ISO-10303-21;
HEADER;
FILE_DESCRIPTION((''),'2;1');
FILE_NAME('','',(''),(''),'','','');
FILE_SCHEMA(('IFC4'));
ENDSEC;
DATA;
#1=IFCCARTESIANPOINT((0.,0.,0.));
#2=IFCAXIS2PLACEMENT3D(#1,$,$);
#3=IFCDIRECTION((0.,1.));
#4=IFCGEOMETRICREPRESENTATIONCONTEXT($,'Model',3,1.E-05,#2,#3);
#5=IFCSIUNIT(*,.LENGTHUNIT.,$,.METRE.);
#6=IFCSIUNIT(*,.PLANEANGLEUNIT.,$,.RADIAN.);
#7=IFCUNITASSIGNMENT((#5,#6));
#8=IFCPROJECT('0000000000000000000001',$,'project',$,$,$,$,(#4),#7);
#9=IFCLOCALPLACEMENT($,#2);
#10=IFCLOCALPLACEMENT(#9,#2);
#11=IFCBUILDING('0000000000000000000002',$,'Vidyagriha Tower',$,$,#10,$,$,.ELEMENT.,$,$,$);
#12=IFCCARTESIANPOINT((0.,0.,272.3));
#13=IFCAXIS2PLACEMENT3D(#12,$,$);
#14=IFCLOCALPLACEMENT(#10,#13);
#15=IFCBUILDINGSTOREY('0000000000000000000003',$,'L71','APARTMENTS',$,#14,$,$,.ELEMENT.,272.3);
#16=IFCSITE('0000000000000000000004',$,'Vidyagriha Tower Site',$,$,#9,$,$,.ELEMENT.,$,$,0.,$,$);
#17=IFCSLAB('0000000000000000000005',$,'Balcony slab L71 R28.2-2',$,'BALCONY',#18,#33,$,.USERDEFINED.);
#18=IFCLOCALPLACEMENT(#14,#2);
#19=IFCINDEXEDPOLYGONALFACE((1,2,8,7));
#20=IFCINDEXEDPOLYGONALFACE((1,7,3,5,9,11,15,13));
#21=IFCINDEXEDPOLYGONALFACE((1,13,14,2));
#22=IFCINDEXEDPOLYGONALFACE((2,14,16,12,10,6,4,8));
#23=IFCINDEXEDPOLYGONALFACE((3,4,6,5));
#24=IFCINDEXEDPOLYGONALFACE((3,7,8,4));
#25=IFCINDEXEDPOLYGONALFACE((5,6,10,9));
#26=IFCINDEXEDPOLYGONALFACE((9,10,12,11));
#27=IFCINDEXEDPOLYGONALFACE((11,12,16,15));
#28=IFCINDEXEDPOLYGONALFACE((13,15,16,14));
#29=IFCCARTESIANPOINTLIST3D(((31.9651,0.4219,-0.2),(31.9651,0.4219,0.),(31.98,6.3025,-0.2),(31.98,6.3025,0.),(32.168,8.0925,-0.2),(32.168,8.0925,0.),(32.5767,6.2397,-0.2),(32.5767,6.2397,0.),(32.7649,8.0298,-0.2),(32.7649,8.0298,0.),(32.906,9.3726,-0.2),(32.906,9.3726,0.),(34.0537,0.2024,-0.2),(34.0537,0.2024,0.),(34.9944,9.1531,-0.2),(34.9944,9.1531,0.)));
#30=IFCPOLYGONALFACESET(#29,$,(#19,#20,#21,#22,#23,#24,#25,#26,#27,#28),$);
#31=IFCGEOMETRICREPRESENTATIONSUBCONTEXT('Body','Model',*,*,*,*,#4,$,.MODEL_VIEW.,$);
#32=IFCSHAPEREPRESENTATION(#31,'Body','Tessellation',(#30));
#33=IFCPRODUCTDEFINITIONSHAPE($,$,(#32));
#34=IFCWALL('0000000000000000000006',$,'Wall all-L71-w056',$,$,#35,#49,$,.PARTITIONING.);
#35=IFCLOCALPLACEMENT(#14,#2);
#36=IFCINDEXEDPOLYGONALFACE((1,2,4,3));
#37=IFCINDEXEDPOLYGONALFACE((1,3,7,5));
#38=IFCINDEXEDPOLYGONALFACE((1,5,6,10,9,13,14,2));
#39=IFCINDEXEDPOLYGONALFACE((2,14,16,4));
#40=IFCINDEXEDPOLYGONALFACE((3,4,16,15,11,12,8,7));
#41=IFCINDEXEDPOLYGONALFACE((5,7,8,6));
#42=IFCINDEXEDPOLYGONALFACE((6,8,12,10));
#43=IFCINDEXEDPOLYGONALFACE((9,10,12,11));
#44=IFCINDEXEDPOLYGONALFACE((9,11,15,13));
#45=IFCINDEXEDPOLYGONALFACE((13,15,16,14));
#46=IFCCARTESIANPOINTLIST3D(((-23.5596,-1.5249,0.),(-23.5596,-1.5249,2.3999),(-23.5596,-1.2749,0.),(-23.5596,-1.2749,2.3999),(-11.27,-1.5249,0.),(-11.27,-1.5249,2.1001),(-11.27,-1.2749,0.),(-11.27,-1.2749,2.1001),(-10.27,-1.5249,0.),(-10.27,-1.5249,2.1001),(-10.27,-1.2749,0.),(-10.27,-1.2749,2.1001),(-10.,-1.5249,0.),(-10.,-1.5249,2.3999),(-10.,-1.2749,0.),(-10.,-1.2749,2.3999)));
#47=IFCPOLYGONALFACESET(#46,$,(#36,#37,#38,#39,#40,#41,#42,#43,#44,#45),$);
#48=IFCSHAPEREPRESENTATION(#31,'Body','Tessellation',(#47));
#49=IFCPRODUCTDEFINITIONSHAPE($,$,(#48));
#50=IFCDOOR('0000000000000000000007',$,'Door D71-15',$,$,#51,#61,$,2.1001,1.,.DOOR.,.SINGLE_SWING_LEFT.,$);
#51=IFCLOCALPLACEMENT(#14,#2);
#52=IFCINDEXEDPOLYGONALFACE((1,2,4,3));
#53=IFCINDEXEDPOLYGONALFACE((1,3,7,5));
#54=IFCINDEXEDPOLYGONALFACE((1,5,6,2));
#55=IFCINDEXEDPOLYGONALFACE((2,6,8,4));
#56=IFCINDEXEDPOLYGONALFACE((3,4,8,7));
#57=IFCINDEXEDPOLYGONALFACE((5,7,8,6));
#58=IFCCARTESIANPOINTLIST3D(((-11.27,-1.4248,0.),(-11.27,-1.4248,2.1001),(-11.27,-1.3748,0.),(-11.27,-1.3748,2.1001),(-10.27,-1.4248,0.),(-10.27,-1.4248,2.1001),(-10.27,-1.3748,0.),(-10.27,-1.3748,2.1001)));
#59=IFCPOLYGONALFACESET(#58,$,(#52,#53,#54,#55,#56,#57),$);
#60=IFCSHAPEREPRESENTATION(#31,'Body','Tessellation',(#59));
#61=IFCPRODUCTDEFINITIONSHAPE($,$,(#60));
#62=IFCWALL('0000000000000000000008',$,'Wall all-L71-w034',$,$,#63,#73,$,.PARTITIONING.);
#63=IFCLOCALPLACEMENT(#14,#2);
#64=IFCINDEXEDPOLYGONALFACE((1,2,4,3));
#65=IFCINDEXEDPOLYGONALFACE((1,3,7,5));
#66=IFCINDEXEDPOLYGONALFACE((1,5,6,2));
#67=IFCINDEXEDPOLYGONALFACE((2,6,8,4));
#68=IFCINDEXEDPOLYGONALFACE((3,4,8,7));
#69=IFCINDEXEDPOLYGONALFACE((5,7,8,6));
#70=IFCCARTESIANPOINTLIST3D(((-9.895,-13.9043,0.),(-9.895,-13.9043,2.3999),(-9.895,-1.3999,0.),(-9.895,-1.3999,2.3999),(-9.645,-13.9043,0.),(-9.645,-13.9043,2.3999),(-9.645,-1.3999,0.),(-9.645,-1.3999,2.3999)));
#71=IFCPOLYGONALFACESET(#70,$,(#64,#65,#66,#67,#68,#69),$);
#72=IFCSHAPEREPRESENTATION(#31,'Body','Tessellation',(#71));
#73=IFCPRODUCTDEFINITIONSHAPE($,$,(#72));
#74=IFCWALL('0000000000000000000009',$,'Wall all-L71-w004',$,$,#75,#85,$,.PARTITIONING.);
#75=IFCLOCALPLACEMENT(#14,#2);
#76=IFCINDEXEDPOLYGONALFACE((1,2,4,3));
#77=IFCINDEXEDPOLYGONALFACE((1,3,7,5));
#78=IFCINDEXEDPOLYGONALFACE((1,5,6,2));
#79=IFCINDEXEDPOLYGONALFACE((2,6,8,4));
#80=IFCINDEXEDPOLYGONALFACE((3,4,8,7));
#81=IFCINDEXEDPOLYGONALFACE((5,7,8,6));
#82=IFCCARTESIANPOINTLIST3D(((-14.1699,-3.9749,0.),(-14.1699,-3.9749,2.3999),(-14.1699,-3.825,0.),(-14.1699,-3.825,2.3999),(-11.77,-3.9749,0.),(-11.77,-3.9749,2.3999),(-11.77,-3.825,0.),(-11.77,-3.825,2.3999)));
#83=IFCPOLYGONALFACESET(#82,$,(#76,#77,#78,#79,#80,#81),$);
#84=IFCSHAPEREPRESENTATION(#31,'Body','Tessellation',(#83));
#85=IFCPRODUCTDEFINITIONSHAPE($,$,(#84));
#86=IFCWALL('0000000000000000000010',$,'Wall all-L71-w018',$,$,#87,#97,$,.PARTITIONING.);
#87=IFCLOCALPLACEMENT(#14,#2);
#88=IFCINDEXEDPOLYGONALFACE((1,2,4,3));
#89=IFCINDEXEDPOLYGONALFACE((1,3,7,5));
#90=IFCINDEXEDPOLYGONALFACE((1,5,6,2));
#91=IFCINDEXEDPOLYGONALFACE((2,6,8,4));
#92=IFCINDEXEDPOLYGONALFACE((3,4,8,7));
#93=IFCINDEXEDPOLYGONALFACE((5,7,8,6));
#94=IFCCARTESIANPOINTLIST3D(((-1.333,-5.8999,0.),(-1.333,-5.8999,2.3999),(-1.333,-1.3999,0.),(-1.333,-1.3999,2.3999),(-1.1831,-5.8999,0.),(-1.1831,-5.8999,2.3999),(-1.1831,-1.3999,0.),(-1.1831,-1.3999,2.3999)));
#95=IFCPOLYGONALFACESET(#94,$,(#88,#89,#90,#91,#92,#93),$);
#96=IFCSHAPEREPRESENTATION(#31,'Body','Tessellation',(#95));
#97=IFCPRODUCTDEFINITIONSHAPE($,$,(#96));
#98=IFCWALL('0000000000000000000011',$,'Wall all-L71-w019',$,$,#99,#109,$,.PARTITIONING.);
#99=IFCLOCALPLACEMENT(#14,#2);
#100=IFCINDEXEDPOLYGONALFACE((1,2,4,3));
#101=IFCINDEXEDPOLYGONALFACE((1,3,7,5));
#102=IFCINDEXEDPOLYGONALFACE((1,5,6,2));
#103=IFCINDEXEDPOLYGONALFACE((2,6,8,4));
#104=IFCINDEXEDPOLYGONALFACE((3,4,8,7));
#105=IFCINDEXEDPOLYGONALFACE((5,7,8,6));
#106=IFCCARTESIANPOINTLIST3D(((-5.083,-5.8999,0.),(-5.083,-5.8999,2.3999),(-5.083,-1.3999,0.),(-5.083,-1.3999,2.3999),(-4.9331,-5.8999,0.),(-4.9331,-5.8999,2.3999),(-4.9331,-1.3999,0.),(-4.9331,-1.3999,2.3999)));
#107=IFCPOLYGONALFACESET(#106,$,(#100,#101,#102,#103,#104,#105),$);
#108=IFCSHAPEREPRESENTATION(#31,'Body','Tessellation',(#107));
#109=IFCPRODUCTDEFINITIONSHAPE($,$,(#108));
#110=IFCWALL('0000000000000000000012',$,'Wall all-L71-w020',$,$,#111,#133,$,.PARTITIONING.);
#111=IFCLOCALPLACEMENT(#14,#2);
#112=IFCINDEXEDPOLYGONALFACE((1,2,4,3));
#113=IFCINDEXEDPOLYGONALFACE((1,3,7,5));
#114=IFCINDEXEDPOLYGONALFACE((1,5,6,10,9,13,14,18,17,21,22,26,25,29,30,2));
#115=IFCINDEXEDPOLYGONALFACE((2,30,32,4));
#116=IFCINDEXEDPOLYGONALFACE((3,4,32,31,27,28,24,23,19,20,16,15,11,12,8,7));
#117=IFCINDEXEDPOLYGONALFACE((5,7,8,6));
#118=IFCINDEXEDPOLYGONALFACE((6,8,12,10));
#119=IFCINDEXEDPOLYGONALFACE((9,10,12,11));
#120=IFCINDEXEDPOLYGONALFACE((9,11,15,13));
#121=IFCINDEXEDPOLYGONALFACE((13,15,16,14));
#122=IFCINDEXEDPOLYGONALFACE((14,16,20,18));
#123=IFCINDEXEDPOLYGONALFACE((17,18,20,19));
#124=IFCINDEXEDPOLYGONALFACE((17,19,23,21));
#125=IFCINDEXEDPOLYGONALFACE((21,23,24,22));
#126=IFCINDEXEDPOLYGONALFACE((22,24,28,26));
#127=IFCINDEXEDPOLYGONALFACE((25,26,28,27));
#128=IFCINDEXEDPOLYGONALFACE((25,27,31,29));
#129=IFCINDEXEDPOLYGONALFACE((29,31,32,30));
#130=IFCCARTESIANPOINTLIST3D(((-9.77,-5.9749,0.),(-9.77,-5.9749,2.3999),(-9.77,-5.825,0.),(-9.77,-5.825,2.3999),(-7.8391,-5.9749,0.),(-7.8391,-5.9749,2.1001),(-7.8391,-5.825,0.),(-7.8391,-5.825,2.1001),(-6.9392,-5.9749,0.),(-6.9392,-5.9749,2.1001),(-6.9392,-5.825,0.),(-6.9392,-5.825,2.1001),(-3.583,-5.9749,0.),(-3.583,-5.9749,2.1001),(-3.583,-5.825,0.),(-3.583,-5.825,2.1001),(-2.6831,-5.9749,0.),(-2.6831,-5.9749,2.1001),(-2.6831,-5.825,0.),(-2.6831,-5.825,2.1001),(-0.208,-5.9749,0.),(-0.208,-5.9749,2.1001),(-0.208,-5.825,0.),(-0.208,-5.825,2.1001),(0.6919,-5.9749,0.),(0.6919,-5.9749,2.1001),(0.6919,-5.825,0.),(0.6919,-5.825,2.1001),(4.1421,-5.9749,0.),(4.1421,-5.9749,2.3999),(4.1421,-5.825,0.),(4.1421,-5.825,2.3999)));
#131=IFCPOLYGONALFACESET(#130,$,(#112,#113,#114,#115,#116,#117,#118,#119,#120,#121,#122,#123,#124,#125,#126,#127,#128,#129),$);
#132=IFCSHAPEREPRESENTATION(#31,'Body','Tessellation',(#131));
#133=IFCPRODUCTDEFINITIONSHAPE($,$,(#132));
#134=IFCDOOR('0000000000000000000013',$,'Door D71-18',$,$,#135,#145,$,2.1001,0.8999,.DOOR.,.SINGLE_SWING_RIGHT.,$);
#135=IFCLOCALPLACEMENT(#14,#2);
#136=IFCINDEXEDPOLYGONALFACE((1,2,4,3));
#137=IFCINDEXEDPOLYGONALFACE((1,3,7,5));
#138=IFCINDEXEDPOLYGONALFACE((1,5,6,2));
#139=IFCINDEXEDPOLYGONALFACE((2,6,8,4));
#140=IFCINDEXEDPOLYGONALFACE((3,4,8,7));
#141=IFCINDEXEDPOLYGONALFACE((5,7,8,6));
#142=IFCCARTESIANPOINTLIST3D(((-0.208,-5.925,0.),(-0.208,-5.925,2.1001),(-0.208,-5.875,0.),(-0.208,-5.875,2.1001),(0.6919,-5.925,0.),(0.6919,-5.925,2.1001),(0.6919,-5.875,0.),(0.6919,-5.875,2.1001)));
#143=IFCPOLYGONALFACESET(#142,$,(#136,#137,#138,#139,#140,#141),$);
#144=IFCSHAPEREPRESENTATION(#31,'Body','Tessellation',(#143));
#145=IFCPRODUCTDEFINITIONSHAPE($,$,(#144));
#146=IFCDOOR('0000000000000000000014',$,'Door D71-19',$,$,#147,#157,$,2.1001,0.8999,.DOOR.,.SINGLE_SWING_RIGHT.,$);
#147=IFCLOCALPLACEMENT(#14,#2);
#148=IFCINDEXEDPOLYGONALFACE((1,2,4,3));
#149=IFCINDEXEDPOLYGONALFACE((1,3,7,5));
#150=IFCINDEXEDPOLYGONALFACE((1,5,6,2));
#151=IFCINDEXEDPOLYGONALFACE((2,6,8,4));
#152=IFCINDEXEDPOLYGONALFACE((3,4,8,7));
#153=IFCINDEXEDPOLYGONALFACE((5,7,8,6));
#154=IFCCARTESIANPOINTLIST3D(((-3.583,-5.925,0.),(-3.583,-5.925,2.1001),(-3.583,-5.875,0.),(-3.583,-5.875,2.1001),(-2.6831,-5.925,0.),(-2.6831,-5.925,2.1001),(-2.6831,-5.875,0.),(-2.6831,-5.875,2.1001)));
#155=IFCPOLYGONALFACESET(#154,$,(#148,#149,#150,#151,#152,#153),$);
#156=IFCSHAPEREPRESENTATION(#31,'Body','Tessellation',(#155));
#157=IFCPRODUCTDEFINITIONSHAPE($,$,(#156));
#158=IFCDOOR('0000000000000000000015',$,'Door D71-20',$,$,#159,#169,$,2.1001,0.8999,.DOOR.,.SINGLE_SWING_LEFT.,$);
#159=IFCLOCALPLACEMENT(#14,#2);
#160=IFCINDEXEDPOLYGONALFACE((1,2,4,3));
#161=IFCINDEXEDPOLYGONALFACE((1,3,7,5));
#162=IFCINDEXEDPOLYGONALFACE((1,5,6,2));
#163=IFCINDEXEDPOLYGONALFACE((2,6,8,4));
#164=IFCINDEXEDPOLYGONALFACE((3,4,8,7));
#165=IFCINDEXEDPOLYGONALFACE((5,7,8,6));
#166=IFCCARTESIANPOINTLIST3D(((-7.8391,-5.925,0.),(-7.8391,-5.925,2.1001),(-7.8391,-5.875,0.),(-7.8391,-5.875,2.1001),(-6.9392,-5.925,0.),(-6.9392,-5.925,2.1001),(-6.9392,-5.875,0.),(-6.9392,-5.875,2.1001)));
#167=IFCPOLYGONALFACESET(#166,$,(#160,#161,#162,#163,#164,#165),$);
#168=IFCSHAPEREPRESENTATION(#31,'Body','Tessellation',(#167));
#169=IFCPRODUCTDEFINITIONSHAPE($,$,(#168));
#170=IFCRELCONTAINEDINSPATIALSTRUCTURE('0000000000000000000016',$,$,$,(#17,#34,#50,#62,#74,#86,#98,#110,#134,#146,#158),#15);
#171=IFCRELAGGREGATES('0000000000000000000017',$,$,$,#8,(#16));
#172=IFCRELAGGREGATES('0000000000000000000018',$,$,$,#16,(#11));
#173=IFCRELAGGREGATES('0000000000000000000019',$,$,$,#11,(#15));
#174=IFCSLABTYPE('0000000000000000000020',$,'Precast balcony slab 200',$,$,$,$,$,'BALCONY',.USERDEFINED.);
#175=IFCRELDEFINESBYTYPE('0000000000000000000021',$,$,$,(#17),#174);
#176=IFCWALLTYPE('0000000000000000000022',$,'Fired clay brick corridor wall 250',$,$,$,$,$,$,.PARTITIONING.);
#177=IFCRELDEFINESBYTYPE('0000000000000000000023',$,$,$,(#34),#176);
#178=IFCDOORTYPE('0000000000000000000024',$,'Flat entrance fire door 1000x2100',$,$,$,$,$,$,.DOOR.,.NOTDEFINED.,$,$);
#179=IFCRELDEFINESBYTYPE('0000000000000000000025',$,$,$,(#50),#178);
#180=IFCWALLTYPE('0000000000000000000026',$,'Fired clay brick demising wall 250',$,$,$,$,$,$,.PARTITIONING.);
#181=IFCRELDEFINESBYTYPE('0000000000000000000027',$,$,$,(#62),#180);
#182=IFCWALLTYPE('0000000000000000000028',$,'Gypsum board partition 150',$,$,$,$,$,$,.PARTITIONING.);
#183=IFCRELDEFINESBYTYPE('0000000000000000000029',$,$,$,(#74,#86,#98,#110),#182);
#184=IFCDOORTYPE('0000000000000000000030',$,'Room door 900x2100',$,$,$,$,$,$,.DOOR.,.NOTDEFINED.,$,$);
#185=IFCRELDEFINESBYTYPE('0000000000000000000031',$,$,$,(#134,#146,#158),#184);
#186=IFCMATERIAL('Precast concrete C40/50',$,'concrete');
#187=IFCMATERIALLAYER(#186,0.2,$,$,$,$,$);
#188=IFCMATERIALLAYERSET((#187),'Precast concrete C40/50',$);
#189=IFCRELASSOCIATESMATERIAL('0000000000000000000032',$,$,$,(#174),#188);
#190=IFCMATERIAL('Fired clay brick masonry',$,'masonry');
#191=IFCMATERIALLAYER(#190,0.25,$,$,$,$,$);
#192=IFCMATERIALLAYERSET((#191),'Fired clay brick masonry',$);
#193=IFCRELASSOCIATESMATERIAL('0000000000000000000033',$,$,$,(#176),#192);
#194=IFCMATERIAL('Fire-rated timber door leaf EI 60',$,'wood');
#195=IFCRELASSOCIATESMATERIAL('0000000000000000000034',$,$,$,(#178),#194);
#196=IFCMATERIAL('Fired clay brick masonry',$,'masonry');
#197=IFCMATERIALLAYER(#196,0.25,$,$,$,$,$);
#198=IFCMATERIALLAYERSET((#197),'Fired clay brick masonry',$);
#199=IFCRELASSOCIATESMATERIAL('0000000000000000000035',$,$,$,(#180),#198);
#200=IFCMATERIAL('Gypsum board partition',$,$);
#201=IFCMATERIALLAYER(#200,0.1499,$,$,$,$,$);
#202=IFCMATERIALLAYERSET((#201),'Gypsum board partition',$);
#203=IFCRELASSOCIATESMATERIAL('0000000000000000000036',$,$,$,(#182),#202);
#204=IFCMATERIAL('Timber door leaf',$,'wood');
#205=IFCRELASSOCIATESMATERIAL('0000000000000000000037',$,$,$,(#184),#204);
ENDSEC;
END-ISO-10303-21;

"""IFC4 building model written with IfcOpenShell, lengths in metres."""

from ifc_helpers import new_model, si_unit, direction, frame, frame_2d, origin, place, context, subcontext, project, spatial, polyline, rectangle, outline, extrude, material, layer, layer_set, type_object, element, fill, save


model = new_model("IFC4")

# Units and contexts
model_context = context("Model", 3, precision=1e-05, world=origin(), true_north=direction((0.0, 1.0)))
body_context = subcontext(model_context, "Body", "Model", "MODEL_VIEW")
ifc_project = project(units=[si_unit("LENGTHUNIT", "METRE"), si_unit("PLANEANGLEUNIT", "RADIAN")], contexts=[model_context])

# Site, building, storey
site_placement = place(None, origin())
site = spatial("IfcSite", under=ifc_project, at=site_placement, Name="Vidyagriha Tower Site", CompositionType="ELEMENT", RefElevation=0.0)
building_placement = place(site_placement, origin())
building = spatial("IfcBuilding", under=site, at=building_placement, Name="Vidyagriha Tower", CompositionType="ELEMENT")
storey_placement = place(building_placement, frame((0.0, 0.0, 272.3)))
storey = spatial("IfcBuildingStorey", under=building, at=storey_placement, Name="L71", Description="APARTMENTS", CompositionType="ELEMENT", Elevation=272.3)

# Slab
ifc_material_1 = material(Name="Precast concrete C40/50", Category="concrete")
ifc_layer_1 = layer(ifc_material_1, 0.2)
ifc_layer_set_1 = layer_set([ifc_layer_1], Name="Precast concrete C40/50")
slab_type_1 = type_object("IfcSlabType", Name="Precast balcony slab 200", ElementType="BALCONY", PredefinedType="USERDEFINED", material=ifc_layer_set_1)
slab_1_placement = place(storey_placement, frame((0.0, 0.0, -0.2)))
element("IfcSlab", 1, at=slab_1_placement, inside=storey, type_object=slab_type_1, Name="Balcony slab L71 R28.2-2", ObjectType="BALCONY", PredefinedType="USERDEFINED", context=body_context, shape_type="SweptSolid", body=[
    extrude(outline(polyline([(32.5767, 6.2397), (31.9651, 0.4219), (34.0537, 0.2024), (34.9944, 9.1531), (32.906, 9.3726), (32.7649, 8.0298), (32.168, 8.0925), (31.98, 6.3025), (32.5767, 6.2397)])), origin(), (0.0, 0.0, 1.0), 0.2),
])

# Wall, opening, door
ifc_material_2 = material(Name="Fired clay brick masonry", Category="masonry")
ifc_layer_2 = layer(ifc_material_2, 0.25)
ifc_layer_set_2 = layer_set([ifc_layer_2], Name="Fired clay brick masonry")
wall_type_1 = type_object("IfcWallType", Name="Fired clay brick corridor wall 250", PredefinedType="PARTITIONING", material=ifc_layer_set_2)
wall_1_placement = place(storey_placement, frame((-10.0, -1.3999, 0.0), z_axis=(0.0, 0.0, 1.0), x_axis=(-1.0, 0.0, 0.0)))
wall_1 = element("IfcWall", 2, at=wall_1_placement, inside=storey, type_object=wall_type_1, Name="Wall all-L71-w056", PredefinedType="PARTITIONING", context=body_context, shape_type="SweptSolid", body=[
    extrude(rectangle(XDim=13.5596, YDim=0.25, at=frame_2d((6.7798, 0.0))), origin(), (0.0, 0.0, 1.0), 2.3999),
])
opening_1_placement = place(wall_1_placement, frame((0.27, 0.0, 0.0)))
opening_1 = element("IfcOpeningElement", 3, at=opening_1_placement, cuts=wall_1, PredefinedType="OPENING", context=body_context, shape_type="SweptSolid", body=[
    extrude(rectangle(XDim=1.0, YDim=2.1001, at=frame_2d((0.5, 1.05))), frame((0.0, 0.135, 0.0), z_axis=(0.0, -1.0, 0.0), x_axis=(1.0, 0.0, 0.0)), (0.0, 0.0, 1.0), 0.27),
])
ifc_material_3 = material(Name="Fire-rated timber door leaf EI 60", Category="wood")
door_type_1 = type_object("IfcDoorType", Name="Flat entrance fire door 1000x2100", OperationType="NOTDEFINED", PredefinedType="DOOR", material=ifc_material_3)
door_1_placement = place(opening_1_placement, origin())
door_1 = element("IfcDoor", 4, at=door_1_placement, inside=storey, type_object=door_type_1, Name="Door D71-15", OperationType="SINGLE_SWING_LEFT", OverallHeight=2.1001, OverallWidth=1.0, PredefinedType="DOOR", context=body_context, shape_type="SweptSolid", body=[
    extrude(rectangle(XDim=1.0, YDim=2.1001, at=frame_2d((0.5, 1.05))), frame((0.0, 0.0249, 0.0), z_axis=(0.0, -1.0, 0.0), x_axis=(1.0, 0.0, 0.0)), (0.0, 0.0, 1.0), 0.05),
])
fill(opening_1, door_1)

# Walls
ifc_material_4 = material(Name="Fired clay brick masonry", Category="masonry")
ifc_layer_3 = layer(ifc_material_4, 0.25)
ifc_layer_set_3 = layer_set([ifc_layer_3], Name="Fired clay brick masonry")
wall_type_2 = type_object("IfcWallType", Name="Fired clay brick demising wall 250", PredefinedType="PARTITIONING", material=ifc_layer_set_3)
wall_2_placement = place(storey_placement, frame((-9.77, -1.3999, 0.0), z_axis=(0.0, 0.0, 1.0), x_axis=(0.0, -1.0, 0.0)))
element("IfcWall", 5, at=wall_2_placement, inside=storey, type_object=wall_type_2, Name="Wall all-L71-w034", PredefinedType="PARTITIONING", context=body_context, shape_type="SweptSolid", body=[
    extrude(rectangle(XDim=12.5044, YDim=0.25, at=frame_2d((6.2522, 0.0))), origin(), (0.0, 0.0, 1.0), 2.3999),
])
ifc_material_5 = material(Name="Gypsum board partition")
ifc_layer_4 = layer(ifc_material_5, 0.1499)
ifc_layer_set_4 = layer_set([ifc_layer_4], Name="Gypsum board partition")
wall_type_3 = type_object("IfcWallType", Name="Gypsum board partition 150", PredefinedType="PARTITIONING", material=ifc_layer_set_4)
wall_3_placement = place(storey_placement, frame((-11.77, -3.8999, 0.0), z_axis=(0.0, 0.0, 1.0), x_axis=(-1.0, 0.0, 0.0)))
element("IfcWall", 6, at=wall_3_placement, inside=storey, type_object=wall_type_3, Name="Wall all-L71-w004", PredefinedType="PARTITIONING", context=body_context, shape_type="SweptSolid", body=[
    extrude(rectangle(XDim=2.3999, YDim=0.1499, at=frame_2d((1.2, 0.0))), origin(), (0.0, 0.0, 1.0), 2.3999),
])
for number, where, z_axis, x_axis, name in (
    (7, (-1.2581, -5.8999, 0.0), (0.0, 0.0, 1.0), (0.0, 1.0, 0.0), "Wall all-L71-w018"),
    (8, (-5.0081, -5.8999, 0.0), (0.0, 0.0, 1.0), (0.0, 1.0, 0.0), "Wall all-L71-w019"),
):
    element("IfcWall", number, at=place(storey_placement, frame(where, z_axis=z_axis, x_axis=x_axis)), inside=storey, type_object=wall_type_3, Name=name, PredefinedType="PARTITIONING", context=body_context, shape_type="SweptSolid", body=[
        extrude(rectangle(XDim=4.5, YDim=0.1499, at=frame_2d((2.25, 0.0))), origin(), (0.0, 0.0, 1.0), 2.3999),
    ])

# Wall, openings, doors
wall_4_placement = place(storey_placement, frame((-9.77, -5.8999, 0.0)))
wall_4 = element("IfcWall", 9, at=wall_4_placement, inside=storey, type_object=wall_type_3, Name="Wall all-L71-w020", PredefinedType="PARTITIONING", context=body_context, shape_type="SweptSolid", body=[
    extrude(rectangle(XDim=13.9121, YDim=0.1499, at=frame_2d((6.9561, 0.0))), origin(), (0.0, 0.0, 1.0), 2.3999),
])
opening_2_placement = place(wall_4_placement, frame((9.562, 0.0, 0.0)))
opening_2 = element("IfcOpeningElement", 10, at=opening_2_placement, cuts=wall_4, PredefinedType="OPENING", context=body_context, shape_type="SweptSolid", body=[
    extrude(rectangle(XDim=0.8999, YDim=2.1001, at=frame_2d((0.45, 1.05))), frame((0.0, 0.085, 0.0), z_axis=(0.0, -1.0, 0.0), x_axis=(1.0, 0.0, 0.0)), (0.0, 0.0, 1.0), 0.1699),
])
opening_3_placement = place(wall_4_placement, frame((6.187, 0.0, 0.0)))
opening_3 = element("IfcOpeningElement", 11, at=opening_3_placement, cuts=wall_4, PredefinedType="OPENING", context=body_context, shape_type="SweptSolid", body=[
    extrude(rectangle(XDim=0.8999, YDim=2.1001, at=frame_2d((0.45, 1.05))), frame((0.0, 0.085, 0.0), z_axis=(0.0, -1.0, 0.0), x_axis=(1.0, 0.0, 0.0)), (0.0, 0.0, 1.0), 0.1699),
])
opening_4_placement = place(wall_4_placement, frame((1.9309, 0.0, 0.0)))
opening_4 = element("IfcOpeningElement", 12, at=opening_4_placement, cuts=wall_4, PredefinedType="OPENING", context=body_context, shape_type="SweptSolid", body=[
    extrude(rectangle(XDim=0.8999, YDim=2.1001, at=frame_2d((0.45, 1.05))), frame((0.0, 0.085, 0.0), z_axis=(0.0, -1.0, 0.0), x_axis=(1.0, 0.0, 0.0)), (0.0, 0.0, 1.0), 0.1699),
])
ifc_material_6 = material(Name="Timber door leaf", Category="wood")
door_type_2 = type_object("IfcDoorType", Name="Room door 900x2100", OperationType="NOTDEFINED", PredefinedType="DOOR", material=ifc_material_6)
door_2_placement = place(opening_2_placement, origin())
door_2 = element("IfcDoor", 13, at=door_2_placement, inside=storey, type_object=door_type_2, Name="Door D71-18", OperationType="SINGLE_SWING_RIGHT", OverallHeight=2.1001, OverallWidth=0.8999, PredefinedType="DOOR", context=body_context, shape_type="SweptSolid", body=[
    extrude(rectangle(XDim=0.8999, YDim=2.1001, at=frame_2d((0.45, 1.05))), frame((0.0, 0.0249, 0.0), z_axis=(0.0, -1.0, 0.0), x_axis=(1.0, 0.0, 0.0)), (0.0, 0.0, 1.0), 0.05),
])
fill(opening_2, door_2)
door_3_placement = place(opening_3_placement, origin())
door_3 = element("IfcDoor", 14, at=door_3_placement, inside=storey, type_object=door_type_2, Name="Door D71-19", OperationType="SINGLE_SWING_RIGHT", OverallHeight=2.1001, OverallWidth=0.8999, PredefinedType="DOOR", context=body_context, shape_type="SweptSolid", body=[
    extrude(rectangle(XDim=0.8999, YDim=2.1001, at=frame_2d((0.45, 1.05))), frame((0.0, 0.0249, 0.0), z_axis=(0.0, -1.0, 0.0), x_axis=(1.0, 0.0, 0.0)), (0.0, 0.0, 1.0), 0.05),
])
fill(opening_3, door_3)
door_4_placement = place(opening_4_placement, origin())
door_4 = element("IfcDoor", 15, at=door_4_placement, inside=storey, type_object=door_type_2, Name="Door D71-20", OperationType="SINGLE_SWING_LEFT", OverallHeight=2.1001, OverallWidth=0.8999, PredefinedType="DOOR", context=body_context, shape_type="SweptSolid", body=[
    extrude(rectangle(XDim=0.8999, YDim=2.1001, at=frame_2d((0.45, 1.05))), frame((0.0, 0.0249, 0.0), z_axis=(0.0, -1.0, 0.0), x_axis=(1.0, 0.0, 0.0)), (0.0, 0.0, 1.0), 0.05),
])
fill(opening_4, door_4)

save(model, "model.ifc")
